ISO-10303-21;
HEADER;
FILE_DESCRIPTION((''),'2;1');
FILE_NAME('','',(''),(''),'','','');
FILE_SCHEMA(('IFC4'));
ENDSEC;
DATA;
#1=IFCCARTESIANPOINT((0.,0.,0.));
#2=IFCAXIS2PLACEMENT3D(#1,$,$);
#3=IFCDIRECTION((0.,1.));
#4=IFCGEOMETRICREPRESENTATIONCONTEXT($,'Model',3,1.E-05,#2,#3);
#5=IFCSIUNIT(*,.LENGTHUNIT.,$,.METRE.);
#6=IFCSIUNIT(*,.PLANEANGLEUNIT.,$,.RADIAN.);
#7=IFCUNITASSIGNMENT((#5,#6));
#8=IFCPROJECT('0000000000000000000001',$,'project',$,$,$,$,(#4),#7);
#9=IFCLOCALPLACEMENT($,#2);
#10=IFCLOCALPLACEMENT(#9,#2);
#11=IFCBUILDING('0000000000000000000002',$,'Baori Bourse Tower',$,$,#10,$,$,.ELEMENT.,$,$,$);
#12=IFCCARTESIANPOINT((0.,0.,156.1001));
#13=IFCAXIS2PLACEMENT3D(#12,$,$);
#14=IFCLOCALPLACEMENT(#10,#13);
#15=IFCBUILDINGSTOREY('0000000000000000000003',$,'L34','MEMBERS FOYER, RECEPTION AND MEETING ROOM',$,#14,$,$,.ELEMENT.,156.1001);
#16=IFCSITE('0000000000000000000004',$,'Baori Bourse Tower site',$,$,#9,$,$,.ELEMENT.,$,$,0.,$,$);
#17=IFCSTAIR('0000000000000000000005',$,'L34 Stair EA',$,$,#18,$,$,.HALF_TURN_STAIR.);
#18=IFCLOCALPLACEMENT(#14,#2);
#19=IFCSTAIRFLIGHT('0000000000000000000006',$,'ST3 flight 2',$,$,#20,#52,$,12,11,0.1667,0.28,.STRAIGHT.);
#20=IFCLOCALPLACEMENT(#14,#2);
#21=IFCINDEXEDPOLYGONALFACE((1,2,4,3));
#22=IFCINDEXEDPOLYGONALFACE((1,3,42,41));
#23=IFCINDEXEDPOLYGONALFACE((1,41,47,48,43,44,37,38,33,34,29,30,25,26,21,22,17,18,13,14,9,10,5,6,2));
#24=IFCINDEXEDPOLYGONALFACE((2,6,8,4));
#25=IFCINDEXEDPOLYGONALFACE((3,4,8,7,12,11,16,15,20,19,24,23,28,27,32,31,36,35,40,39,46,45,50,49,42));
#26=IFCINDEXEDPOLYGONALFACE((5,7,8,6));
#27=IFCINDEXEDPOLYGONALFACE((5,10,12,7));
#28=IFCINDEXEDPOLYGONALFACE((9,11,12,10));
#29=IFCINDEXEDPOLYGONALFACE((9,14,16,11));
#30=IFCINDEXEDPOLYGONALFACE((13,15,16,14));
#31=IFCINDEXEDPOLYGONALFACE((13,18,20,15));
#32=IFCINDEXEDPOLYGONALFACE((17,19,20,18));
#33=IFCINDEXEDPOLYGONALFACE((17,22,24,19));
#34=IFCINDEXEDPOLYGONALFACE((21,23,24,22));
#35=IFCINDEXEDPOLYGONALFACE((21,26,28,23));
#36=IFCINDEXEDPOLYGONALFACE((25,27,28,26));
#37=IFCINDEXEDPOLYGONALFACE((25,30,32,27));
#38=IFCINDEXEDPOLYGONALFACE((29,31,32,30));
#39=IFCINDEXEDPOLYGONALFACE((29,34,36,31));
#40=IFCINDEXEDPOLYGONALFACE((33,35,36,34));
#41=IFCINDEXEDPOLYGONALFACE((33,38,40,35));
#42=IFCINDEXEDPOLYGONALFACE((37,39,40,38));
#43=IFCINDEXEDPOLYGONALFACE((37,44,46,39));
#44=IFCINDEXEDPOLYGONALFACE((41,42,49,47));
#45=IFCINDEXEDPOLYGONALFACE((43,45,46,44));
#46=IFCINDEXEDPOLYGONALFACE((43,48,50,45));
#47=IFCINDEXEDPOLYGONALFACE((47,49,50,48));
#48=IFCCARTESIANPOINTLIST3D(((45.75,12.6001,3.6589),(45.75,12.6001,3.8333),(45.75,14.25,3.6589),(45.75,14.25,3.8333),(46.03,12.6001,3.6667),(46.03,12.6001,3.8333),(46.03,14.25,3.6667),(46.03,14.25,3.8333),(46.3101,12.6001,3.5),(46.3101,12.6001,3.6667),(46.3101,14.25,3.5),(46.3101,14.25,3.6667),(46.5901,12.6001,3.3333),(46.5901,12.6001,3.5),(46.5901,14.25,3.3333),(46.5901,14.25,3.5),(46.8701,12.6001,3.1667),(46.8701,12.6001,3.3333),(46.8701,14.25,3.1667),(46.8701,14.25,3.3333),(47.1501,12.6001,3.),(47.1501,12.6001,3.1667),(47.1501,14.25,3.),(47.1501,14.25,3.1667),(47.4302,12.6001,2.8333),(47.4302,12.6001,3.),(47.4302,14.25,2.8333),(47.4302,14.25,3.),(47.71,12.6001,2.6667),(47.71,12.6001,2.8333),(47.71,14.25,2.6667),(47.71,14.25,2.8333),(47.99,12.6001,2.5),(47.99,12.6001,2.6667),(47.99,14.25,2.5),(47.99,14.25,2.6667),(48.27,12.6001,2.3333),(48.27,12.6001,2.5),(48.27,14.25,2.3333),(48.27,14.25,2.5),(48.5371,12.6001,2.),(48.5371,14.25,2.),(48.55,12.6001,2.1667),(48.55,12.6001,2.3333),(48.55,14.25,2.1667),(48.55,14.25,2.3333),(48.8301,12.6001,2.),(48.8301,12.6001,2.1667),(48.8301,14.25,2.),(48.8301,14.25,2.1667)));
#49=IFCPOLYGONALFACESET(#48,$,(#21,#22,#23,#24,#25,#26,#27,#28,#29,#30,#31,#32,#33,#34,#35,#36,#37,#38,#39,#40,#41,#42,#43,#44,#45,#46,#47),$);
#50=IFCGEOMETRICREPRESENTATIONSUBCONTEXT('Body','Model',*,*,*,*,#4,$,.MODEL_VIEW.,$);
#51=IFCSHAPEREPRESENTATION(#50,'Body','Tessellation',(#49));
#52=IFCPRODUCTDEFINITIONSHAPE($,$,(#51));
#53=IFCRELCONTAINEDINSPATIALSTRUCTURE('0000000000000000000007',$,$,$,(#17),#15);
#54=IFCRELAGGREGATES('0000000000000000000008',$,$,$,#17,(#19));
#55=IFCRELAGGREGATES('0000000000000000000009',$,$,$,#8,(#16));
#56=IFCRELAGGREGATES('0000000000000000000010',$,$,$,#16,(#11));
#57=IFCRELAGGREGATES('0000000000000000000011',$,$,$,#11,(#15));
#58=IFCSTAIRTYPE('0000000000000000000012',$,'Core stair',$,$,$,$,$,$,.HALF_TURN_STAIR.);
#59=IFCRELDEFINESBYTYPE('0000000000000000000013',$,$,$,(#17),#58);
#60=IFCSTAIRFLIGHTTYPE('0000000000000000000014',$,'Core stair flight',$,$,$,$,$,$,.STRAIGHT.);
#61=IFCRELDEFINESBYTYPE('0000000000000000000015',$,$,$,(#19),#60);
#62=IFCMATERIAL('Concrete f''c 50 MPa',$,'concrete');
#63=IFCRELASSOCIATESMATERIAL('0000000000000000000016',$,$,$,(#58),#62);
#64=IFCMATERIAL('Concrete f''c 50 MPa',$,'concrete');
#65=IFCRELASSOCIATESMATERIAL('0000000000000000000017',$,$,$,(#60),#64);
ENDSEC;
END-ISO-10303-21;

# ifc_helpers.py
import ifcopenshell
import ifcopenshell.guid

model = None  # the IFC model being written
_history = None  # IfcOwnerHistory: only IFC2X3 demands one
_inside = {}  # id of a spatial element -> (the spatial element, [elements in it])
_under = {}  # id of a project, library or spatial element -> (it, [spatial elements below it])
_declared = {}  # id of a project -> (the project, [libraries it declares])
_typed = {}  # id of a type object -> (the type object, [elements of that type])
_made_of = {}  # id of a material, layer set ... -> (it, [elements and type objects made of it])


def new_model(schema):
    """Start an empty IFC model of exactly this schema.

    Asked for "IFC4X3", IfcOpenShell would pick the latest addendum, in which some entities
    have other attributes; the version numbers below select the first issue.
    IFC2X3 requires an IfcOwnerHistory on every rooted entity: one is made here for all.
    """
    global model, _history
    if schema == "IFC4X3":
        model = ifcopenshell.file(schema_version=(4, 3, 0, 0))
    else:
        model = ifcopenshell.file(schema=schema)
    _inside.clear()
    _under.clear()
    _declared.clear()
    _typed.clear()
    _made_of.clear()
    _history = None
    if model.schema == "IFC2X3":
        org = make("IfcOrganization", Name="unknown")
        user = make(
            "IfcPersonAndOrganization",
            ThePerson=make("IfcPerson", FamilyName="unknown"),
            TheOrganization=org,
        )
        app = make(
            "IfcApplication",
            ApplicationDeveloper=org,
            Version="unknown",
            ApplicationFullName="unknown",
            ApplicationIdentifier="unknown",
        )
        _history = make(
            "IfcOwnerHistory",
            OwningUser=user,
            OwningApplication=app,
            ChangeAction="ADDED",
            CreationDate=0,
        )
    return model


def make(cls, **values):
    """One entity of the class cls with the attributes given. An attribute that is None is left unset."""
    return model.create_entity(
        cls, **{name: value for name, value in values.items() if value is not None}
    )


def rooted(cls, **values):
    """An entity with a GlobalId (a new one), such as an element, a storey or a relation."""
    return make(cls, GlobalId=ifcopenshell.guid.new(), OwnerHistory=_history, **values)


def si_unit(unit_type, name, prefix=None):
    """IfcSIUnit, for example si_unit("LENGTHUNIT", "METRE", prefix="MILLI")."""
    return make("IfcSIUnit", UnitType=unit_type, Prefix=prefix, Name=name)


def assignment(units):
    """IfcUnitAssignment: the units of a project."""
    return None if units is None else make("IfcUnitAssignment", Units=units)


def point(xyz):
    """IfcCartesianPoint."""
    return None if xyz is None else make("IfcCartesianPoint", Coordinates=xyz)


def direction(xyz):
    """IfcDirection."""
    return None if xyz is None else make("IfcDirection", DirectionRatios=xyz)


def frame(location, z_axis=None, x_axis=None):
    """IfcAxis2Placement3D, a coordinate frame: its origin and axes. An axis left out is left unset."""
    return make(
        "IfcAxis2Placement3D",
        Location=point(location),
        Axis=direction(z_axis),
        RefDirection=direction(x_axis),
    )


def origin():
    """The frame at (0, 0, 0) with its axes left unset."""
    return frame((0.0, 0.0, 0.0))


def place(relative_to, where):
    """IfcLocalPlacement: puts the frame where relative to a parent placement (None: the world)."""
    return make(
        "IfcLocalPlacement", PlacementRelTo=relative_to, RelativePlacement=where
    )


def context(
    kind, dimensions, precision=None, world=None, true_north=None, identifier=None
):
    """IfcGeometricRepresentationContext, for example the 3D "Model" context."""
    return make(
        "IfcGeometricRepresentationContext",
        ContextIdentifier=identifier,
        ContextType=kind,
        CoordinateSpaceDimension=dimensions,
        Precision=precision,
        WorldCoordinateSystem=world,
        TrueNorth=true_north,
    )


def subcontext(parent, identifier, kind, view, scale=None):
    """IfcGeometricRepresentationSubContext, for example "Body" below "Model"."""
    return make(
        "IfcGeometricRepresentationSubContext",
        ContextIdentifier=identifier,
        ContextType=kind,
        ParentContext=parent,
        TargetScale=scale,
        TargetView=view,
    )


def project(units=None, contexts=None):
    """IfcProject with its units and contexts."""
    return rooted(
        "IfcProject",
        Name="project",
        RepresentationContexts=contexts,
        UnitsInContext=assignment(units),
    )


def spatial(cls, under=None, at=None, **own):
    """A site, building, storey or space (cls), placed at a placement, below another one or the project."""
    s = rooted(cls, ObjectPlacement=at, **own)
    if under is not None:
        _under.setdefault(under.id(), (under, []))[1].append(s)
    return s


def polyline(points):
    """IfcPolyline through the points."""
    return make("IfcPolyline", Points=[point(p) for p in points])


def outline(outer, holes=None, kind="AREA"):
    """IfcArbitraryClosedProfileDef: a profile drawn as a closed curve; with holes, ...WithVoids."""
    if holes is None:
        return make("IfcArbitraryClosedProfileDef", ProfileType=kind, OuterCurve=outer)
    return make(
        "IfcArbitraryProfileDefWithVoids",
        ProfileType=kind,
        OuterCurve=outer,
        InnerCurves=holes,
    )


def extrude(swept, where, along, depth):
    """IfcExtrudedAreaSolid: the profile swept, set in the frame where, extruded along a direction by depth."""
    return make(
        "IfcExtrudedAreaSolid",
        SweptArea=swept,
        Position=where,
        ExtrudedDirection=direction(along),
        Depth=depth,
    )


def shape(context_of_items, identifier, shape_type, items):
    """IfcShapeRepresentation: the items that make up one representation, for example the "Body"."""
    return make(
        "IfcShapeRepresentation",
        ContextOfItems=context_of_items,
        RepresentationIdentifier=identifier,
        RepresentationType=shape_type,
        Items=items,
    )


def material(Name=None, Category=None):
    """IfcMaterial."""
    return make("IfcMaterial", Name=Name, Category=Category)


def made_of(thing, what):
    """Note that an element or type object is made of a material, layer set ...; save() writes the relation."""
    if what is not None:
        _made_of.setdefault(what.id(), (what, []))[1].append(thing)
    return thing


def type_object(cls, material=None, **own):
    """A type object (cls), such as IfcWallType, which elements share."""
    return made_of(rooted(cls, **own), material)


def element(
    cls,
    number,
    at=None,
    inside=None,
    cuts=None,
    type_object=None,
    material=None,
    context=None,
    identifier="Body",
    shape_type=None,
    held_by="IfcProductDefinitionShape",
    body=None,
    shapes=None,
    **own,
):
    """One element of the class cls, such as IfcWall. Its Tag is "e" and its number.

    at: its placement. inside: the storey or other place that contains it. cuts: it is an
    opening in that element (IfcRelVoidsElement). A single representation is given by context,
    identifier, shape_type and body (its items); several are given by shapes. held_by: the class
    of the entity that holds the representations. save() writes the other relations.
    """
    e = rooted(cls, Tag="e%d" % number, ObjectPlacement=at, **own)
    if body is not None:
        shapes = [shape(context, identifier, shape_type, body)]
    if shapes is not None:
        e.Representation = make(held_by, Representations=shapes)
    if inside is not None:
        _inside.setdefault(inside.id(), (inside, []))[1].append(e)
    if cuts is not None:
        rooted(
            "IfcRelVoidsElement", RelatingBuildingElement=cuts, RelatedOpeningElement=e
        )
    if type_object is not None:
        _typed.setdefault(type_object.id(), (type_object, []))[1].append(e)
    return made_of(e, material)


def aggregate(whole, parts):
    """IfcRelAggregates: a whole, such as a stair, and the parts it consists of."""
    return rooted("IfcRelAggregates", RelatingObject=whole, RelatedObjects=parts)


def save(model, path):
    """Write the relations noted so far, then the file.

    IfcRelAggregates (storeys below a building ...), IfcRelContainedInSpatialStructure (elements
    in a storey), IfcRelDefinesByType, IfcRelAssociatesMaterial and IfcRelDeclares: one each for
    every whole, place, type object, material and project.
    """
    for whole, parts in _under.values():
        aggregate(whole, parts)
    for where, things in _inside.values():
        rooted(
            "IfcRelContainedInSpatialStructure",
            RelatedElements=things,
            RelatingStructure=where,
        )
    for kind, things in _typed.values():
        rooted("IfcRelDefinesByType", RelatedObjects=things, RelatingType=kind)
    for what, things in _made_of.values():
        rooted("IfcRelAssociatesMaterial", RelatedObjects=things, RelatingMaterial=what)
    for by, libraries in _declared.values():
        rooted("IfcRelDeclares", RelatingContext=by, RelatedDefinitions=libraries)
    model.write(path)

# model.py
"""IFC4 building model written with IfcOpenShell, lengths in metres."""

from ifc_helpers import new_model, si_unit, direction, frame, origin, place, context, subcontext, project, spatial, polyline, outline, extrude, material, type_object, element, aggregate, save


model = new_model("IFC4")

# Units and contexts
model_context = context("Model", 3, precision=1e-05, world=origin(), true_north=direction((0.0, 1.0)))
body_context = subcontext(model_context, "Body", "Model", "MODEL_VIEW")
ifc_project = project(units=[si_unit("LENGTHUNIT", "METRE"), si_unit("PLANEANGLEUNIT", "RADIAN")], contexts=[model_context])

# Site, building, storey
site_placement = place(None, origin())
site = spatial("IfcSite", under=ifc_project, at=site_placement, Name="Baori Bourse Tower site", CompositionType="ELEMENT", RefElevation=0.0)
building_placement = place(site_placement, origin())
building = spatial("IfcBuilding", under=site, at=building_placement, Name="Baori Bourse Tower", CompositionType="ELEMENT")
storey_placement = place(building_placement, frame((0.0, 0.0, 156.1001)))
storey = spatial("IfcBuildingStorey", under=building, at=storey_placement, Name="L34", Description="MEMBERS FOYER, RECEPTION AND MEETING ROOM", CompositionType="ELEMENT", Elevation=156.1001)

# Stair, stair flight
ifc_material_1 = material(Name="Concrete f'c 50 MPa", Category="concrete")
stair_type = type_object("IfcStairType", Name="Core stair", PredefinedType="HALF_TURN_STAIR", material=ifc_material_1)
stair_placement = place(storey_placement, origin())
stair = element("IfcStair", 1, at=stair_placement, inside=storey, type_object=stair_type, Name="L34 Stair EA", PredefinedType="HALF_TURN_STAIR")
ifc_material_2 = material(Name="Concrete f'c 50 MPa", Category="concrete")
stair_flight_type = type_object("IfcStairFlightType", Name="Core stair flight", PredefinedType="STRAIGHT", material=ifc_material_2)
stair_flight_1_placement = place(storey_placement, frame((48.8301, 13.425, 2.0), z_axis=(0.0, 0.0, 1.0), x_axis=(-1.0, 0.0, 0.0)))
stair_flight_1 = element("IfcStairFlight", 2, at=stair_flight_1_placement, type_object=stair_flight_type, Name="ST3 flight 2", NumberOfRisers=12, NumberOfTreads=11, PredefinedType="STRAIGHT", RiserHeight=0.1667, TreadLength=0.28, context=body_context, shape_type="SweptSolid", body=[
    extrude(outline(polyline([(0.0, 0.0), (0.0, 0.1667), (0.28, 0.1667), (0.28, 0.3333), (0.5601, 0.3333), (0.5601, 0.5), (0.8401, 0.5), (0.8401, 0.6667), (1.1201, 0.6667), (1.1201, 0.8333), (1.3999, 0.8333), (1.3999, 1.0), (1.6799, 1.0), (1.6799, 1.1667), (1.96, 1.1667), (1.96, 1.3333), (2.24, 1.3333), (2.24, 1.5), (2.52, 1.5), (2.52, 1.6667), (2.8, 1.6667), (2.8, 1.8333), (3.0801, 1.8333), (3.0801, 2.0), (3.0801, 1.6589), (0.293, 0.0), (0.0, 0.0)])), frame((0.0, 0.825, 0.0), z_axis=(0.0, -1.0, 0.0), x_axis=(1.0, 0.0, 0.0)), (0.0, 0.0, 1.0), 1.6499),
])
aggregate(stair, [stair_flight_1])

save(model, "model.ifc")
